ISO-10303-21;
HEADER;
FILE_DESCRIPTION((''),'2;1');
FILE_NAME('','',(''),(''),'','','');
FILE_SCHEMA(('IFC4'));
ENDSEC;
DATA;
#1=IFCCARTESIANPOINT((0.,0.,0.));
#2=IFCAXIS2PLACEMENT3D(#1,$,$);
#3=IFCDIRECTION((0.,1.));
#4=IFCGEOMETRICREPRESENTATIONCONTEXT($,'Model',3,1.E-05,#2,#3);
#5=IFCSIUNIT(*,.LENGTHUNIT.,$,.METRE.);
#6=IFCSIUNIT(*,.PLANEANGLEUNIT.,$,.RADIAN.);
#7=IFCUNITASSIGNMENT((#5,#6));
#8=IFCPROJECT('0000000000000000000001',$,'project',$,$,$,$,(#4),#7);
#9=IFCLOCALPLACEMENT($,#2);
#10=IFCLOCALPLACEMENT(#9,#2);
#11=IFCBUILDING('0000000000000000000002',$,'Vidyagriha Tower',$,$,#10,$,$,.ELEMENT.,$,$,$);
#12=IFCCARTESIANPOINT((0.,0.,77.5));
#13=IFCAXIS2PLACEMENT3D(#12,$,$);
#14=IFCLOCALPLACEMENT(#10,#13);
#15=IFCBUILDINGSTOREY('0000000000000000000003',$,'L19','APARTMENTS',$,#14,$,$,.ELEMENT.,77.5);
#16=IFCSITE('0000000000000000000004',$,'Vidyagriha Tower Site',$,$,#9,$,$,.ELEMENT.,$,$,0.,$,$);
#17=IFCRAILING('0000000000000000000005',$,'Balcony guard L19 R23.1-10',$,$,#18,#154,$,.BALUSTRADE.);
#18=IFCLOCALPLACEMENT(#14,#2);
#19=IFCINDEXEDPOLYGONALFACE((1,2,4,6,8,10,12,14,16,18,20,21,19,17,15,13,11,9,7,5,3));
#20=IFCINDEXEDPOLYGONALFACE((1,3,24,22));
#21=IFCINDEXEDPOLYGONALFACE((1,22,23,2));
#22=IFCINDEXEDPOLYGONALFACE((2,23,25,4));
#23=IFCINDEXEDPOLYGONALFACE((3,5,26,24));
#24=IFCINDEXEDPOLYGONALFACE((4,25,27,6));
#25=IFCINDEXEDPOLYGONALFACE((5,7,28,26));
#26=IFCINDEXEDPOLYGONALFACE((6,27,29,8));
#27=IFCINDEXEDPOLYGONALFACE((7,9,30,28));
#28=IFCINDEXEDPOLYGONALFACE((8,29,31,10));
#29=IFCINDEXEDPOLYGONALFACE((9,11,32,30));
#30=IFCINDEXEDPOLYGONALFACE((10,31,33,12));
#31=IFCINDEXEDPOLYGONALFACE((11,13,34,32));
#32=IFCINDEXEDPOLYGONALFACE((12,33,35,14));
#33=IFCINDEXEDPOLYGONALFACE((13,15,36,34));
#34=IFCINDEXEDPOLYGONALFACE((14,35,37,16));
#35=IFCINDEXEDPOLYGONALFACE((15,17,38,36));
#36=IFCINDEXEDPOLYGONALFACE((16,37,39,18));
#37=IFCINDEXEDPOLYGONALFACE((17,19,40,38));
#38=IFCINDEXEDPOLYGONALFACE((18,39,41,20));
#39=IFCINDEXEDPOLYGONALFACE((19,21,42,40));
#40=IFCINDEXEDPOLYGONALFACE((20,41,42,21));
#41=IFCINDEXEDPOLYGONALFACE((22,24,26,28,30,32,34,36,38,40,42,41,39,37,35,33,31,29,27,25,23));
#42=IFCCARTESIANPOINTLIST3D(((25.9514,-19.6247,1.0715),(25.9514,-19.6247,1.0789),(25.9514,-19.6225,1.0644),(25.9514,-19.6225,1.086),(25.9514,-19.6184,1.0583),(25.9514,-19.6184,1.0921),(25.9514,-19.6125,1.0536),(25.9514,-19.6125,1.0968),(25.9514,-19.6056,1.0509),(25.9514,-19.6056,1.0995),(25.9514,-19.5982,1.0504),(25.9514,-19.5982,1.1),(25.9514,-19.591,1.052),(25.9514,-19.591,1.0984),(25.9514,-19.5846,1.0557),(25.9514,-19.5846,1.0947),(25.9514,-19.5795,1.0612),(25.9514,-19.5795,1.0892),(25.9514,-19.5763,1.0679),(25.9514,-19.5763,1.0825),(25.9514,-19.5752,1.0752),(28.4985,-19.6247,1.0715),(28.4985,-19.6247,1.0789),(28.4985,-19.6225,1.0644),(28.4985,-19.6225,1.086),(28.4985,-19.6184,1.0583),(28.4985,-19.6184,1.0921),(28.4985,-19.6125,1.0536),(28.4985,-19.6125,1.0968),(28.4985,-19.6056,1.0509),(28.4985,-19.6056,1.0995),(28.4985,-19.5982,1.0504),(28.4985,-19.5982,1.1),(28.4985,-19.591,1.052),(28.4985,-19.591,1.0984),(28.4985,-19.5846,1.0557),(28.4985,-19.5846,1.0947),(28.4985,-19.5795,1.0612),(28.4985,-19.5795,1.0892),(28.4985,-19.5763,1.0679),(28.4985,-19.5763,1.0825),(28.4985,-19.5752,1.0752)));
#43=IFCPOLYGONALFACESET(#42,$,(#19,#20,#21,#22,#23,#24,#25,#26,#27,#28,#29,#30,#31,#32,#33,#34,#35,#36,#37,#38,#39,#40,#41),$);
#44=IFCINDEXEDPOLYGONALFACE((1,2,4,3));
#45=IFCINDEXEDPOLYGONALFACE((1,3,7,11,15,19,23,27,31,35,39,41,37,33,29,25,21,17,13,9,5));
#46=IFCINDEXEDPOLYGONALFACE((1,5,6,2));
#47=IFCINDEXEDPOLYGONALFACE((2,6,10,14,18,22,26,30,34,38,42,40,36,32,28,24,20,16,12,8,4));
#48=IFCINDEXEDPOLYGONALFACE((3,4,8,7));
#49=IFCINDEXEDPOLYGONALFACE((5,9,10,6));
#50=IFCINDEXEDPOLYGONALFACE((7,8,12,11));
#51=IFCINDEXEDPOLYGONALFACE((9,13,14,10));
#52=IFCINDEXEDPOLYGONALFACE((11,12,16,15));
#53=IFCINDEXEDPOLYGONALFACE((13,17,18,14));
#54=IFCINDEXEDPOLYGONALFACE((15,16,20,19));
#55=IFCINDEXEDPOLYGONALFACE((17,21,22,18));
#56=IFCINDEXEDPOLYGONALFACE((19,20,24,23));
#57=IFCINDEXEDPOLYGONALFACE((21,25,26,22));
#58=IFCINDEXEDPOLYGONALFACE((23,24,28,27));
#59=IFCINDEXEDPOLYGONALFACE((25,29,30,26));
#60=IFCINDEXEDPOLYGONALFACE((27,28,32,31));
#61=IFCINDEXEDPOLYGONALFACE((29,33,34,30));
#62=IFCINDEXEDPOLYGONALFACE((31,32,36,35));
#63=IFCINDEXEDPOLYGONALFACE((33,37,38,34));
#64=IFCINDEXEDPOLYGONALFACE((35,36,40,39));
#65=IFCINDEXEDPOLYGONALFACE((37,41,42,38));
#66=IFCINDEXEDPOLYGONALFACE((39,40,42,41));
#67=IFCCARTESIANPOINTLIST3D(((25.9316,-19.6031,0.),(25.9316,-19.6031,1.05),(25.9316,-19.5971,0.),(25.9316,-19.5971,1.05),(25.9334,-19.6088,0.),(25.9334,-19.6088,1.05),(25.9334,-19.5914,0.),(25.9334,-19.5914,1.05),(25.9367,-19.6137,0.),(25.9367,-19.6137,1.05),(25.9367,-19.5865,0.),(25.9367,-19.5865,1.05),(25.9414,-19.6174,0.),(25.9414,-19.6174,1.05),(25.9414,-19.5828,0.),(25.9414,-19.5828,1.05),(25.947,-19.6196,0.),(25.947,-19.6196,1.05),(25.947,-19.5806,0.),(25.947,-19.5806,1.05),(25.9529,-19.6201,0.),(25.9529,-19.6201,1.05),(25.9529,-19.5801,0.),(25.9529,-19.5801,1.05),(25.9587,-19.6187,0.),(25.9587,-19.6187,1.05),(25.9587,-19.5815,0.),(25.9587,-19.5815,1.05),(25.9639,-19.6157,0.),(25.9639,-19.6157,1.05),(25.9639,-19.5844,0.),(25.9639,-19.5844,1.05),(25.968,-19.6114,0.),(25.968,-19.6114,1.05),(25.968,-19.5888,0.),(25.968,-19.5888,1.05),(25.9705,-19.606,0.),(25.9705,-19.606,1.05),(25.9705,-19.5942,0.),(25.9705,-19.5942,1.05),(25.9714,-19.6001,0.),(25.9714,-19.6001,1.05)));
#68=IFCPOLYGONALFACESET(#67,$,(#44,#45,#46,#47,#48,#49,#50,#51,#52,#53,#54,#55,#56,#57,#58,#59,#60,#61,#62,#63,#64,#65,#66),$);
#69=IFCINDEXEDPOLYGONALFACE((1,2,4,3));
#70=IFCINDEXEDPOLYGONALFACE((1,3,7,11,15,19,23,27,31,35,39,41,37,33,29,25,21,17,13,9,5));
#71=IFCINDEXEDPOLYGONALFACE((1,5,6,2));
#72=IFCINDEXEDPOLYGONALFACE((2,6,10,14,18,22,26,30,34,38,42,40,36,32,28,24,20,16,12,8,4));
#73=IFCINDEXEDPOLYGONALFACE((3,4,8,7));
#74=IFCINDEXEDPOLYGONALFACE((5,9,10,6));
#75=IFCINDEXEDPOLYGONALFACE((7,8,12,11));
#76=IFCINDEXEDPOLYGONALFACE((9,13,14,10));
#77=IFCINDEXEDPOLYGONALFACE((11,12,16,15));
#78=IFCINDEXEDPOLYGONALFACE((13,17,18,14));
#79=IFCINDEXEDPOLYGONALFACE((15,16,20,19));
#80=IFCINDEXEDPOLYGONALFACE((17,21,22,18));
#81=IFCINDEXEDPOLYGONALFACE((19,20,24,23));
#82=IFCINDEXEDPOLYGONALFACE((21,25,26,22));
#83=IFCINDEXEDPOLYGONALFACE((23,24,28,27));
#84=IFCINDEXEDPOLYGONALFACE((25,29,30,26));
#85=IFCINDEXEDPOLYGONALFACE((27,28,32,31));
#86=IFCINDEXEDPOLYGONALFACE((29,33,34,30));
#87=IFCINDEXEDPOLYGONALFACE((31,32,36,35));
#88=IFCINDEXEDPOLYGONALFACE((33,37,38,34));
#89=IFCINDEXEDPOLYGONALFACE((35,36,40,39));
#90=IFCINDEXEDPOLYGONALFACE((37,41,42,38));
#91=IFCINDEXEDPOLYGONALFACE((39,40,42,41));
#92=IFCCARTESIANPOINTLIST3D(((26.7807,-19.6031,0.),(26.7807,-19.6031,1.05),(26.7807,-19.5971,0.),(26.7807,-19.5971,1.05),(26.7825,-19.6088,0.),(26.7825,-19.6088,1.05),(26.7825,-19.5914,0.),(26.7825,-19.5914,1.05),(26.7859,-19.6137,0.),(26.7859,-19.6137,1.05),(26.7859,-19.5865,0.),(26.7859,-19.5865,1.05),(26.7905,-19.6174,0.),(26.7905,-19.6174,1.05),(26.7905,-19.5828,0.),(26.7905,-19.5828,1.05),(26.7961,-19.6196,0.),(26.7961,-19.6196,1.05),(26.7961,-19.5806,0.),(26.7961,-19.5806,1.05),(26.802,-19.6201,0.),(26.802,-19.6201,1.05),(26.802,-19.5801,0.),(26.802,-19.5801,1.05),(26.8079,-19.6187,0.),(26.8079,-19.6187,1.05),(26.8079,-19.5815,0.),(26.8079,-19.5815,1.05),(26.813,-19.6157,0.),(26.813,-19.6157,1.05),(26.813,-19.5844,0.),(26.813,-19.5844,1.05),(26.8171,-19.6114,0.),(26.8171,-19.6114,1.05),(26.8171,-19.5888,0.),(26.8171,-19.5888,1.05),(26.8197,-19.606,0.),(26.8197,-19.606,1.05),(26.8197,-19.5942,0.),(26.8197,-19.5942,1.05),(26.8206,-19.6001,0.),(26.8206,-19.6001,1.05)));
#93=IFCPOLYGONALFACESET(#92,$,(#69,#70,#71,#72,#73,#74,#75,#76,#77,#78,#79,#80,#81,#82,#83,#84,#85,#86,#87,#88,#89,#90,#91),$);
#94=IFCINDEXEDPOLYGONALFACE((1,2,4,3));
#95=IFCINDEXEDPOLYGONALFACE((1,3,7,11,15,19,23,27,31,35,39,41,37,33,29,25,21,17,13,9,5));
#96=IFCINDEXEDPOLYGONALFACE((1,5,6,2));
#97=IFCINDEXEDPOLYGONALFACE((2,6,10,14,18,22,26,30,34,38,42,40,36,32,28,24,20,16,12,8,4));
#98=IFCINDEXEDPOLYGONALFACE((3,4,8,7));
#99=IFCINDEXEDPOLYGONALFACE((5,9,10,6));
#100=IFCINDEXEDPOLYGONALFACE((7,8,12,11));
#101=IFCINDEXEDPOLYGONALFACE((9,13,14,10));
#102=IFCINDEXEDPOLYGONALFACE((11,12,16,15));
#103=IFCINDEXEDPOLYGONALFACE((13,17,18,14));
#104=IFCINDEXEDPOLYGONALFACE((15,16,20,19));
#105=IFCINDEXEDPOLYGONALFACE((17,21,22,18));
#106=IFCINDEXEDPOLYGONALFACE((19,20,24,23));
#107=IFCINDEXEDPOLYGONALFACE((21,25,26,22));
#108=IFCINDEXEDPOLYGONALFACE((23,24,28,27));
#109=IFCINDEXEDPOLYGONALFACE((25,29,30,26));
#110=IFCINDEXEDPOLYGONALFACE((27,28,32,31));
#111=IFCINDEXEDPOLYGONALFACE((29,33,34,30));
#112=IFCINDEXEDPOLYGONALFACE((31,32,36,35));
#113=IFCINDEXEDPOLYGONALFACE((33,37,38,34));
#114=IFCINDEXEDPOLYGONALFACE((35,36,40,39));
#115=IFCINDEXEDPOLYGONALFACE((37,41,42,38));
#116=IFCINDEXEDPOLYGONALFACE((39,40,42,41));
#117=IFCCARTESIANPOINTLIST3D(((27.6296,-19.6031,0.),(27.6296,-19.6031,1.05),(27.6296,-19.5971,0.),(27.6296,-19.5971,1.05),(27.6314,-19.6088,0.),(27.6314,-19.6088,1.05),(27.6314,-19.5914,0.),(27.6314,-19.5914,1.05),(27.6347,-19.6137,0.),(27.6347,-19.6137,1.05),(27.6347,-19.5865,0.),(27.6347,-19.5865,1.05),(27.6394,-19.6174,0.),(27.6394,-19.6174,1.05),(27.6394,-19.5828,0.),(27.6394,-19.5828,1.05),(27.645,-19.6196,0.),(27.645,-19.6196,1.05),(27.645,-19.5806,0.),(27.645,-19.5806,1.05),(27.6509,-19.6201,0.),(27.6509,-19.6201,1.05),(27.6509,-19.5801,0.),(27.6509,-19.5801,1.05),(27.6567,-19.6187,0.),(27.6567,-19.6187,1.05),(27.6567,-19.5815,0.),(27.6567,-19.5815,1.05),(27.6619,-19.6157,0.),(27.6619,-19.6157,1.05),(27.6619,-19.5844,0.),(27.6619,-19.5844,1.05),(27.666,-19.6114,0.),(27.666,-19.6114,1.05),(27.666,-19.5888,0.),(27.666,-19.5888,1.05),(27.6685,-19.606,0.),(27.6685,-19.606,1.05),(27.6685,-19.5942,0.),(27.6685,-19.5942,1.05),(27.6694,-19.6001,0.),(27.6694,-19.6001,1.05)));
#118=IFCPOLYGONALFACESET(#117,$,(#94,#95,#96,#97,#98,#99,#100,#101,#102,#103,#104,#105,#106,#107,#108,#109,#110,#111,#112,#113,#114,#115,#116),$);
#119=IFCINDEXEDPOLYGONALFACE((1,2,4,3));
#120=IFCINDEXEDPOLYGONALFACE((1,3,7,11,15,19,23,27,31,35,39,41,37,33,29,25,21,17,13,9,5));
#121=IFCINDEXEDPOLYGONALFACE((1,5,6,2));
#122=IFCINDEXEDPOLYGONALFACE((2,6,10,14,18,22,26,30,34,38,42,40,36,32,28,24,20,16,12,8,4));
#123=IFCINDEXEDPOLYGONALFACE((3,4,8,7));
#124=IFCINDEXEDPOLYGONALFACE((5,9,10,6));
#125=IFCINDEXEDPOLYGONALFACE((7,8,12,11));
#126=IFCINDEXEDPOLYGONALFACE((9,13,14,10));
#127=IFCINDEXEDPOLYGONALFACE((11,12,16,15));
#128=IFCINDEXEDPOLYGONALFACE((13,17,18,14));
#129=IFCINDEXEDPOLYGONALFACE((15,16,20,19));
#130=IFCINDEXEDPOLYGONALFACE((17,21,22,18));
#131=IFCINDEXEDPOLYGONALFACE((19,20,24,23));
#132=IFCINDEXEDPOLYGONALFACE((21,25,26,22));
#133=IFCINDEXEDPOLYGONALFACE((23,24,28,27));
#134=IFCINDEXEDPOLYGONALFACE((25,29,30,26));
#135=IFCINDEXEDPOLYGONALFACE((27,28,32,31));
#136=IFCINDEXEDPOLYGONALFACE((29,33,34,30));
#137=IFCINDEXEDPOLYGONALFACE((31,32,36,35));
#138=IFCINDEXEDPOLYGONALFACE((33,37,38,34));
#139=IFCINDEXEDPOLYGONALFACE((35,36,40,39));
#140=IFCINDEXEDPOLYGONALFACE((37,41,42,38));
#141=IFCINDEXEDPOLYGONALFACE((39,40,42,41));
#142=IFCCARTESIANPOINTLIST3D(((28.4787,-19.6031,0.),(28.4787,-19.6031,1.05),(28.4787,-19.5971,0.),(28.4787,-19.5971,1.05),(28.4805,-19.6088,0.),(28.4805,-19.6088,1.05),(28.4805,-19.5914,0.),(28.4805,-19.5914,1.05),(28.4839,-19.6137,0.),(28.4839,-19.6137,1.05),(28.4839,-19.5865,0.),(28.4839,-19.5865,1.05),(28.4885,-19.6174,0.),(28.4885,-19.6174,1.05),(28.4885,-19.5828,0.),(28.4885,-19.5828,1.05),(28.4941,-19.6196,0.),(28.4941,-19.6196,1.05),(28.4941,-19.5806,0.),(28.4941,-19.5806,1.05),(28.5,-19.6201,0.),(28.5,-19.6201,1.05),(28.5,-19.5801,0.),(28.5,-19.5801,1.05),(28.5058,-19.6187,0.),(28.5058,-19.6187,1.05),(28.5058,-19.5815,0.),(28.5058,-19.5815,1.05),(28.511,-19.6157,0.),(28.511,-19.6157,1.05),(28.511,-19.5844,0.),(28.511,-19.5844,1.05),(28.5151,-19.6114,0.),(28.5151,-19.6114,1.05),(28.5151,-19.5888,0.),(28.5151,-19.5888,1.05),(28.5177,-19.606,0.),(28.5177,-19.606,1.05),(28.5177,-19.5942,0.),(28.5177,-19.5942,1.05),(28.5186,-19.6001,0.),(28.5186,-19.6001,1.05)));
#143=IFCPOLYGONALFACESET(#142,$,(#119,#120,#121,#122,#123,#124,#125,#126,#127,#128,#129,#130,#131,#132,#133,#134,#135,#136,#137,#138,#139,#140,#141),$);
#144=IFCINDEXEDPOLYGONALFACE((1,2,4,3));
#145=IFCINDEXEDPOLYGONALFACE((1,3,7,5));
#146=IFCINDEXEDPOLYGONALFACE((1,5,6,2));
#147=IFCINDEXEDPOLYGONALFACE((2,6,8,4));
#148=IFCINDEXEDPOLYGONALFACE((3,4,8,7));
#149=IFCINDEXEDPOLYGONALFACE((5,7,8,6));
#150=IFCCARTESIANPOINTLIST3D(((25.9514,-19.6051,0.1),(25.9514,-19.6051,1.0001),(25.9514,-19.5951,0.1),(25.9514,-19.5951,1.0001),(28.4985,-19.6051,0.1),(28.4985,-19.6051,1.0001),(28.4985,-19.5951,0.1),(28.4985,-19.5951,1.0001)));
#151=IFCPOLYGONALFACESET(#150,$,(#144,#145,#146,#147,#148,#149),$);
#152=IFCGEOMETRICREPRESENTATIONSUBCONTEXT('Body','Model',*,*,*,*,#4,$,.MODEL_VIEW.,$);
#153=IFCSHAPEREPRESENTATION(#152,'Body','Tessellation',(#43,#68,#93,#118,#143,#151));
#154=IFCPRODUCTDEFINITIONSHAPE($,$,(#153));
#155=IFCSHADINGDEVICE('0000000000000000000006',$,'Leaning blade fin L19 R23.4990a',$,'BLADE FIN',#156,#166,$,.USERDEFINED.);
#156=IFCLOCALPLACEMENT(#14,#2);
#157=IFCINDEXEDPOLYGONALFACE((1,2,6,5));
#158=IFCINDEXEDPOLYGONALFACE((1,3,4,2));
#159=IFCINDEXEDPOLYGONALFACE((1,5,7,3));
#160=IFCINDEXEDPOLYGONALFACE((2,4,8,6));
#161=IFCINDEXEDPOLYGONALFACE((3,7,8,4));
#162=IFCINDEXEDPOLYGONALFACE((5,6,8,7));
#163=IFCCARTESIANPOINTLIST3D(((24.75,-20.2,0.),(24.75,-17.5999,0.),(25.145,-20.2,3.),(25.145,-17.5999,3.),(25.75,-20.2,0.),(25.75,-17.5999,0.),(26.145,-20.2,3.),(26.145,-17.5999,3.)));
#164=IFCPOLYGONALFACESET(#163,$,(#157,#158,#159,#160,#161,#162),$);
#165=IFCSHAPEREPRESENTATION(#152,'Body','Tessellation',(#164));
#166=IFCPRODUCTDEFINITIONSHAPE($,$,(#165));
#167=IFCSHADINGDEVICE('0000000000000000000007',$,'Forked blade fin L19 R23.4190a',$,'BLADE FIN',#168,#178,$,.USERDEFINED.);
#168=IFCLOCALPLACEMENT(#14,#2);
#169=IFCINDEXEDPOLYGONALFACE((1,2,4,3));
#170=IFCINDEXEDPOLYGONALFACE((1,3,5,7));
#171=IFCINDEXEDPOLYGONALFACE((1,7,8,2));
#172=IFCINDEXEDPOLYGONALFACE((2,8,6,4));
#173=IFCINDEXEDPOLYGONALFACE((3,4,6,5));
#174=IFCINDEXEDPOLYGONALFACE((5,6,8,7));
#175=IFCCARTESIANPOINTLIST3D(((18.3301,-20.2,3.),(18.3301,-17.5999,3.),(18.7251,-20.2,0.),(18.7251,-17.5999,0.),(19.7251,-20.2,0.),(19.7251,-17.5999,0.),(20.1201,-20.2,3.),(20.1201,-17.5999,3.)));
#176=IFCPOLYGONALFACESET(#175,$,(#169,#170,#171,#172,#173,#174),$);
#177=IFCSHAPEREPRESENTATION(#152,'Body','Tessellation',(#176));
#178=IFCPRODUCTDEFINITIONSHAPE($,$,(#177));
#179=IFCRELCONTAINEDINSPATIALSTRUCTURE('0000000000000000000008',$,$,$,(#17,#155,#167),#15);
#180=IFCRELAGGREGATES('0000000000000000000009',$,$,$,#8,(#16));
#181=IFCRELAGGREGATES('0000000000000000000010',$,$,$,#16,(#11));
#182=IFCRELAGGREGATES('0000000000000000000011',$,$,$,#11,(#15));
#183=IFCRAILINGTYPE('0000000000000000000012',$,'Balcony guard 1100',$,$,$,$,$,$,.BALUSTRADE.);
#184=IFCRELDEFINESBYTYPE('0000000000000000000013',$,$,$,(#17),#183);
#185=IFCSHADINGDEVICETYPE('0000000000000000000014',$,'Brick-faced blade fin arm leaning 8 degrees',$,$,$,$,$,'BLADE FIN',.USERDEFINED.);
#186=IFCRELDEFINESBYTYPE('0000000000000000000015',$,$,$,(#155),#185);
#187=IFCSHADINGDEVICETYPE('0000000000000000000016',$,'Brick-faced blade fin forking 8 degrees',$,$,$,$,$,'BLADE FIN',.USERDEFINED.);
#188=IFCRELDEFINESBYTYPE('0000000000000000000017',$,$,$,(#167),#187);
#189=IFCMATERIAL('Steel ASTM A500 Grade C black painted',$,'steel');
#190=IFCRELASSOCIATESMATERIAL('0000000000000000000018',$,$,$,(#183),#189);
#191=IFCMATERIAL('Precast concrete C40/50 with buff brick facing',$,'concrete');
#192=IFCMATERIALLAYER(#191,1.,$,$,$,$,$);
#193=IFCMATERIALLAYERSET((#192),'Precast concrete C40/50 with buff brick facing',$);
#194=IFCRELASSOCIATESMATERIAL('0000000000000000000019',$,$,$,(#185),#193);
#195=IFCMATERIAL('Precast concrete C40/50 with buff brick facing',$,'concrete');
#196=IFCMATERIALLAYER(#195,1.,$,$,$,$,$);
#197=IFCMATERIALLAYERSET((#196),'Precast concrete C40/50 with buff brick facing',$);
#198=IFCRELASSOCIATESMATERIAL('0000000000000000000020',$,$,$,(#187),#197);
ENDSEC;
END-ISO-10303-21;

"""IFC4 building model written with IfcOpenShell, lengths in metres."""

from ifc_helpers import new_model, si_unit, direction, frame, origin, origin_2d, place, context, subcontext, project, spatial, polyline, rectangle, circle, outline, extrude, material, layer, layer_set, type_object, element, save


model = new_model("IFC4")

# Units and contexts
model_context = context("Model", 3, precision=1e-05, world=origin(), true_north=direction((0.0, 1.0)))
body_context = subcontext(model_context, "Body", "Model", "MODEL_VIEW")
ifc_project = project(units=[si_unit("LENGTHUNIT", "METRE"), si_unit("PLANEANGLEUNIT", "RADIAN")], contexts=[model_context])

# Site, building, storey
site_placement = place(None, origin())
site = spatial("IfcSite", under=ifc_project, at=site_placement, Name="Vidyagriha Tower Site", CompositionType="ELEMENT", RefElevation=0.0)
building_placement = place(site_placement, origin())
building = spatial("IfcBuilding", under=site, at=building_placement, Name="Vidyagriha Tower", CompositionType="ELEMENT")
storey_placement = place(building_placement, frame((0.0, 0.0, 77.5)))
storey = spatial("IfcBuildingStorey", under=building, at=storey_placement, Name="L19", Description="APARTMENTS", CompositionType="ELEMENT", Elevation=77.5)

# Railing
ifc_material_1 = material(Name="Steel ASTM A500 Grade C black painted", Category="steel")
railing_type = type_object("IfcRailingType", Name="Balcony guard 1100", PredefinedType="BALUSTRADE", material=ifc_material_1)
railing_1_placement = place(storey_placement, frame((25.9514, -19.6001, 0.0)))
element("IfcRailing", 1, at=railing_1_placement, inside=storey, type_object=railing_type, Name="Balcony guard L19 R23.1-10", PredefinedType="BALUSTRADE", context=body_context, shape_type="SweptSolid", body=[
    extrude(circle(Radius=0.0249, at=origin_2d()), frame((0.0, 0.0, 1.0752), z_axis=(1.0, 0.0, 0.0), x_axis=(0.0, 1.0, 0.0)), (0.0, 0.0, 1.0), 2.5471),
    extrude(circle(Radius=0.02, at=origin_2d()), origin(), (0.0, 0.0, 1.0), 1.05),
    extrude(circle(Radius=0.02, at=origin_2d()), frame((0.8491, 0.0, 0.0)), (0.0, 0.0, 1.0), 1.05),
    extrude(circle(Radius=0.02, at=origin_2d()), frame((1.698, 0.0, 0.0)), (0.0, 0.0, 1.0), 1.05),
    extrude(circle(Radius=0.02, at=origin_2d()), frame((2.5471, 0.0, 0.0)), (0.0, 0.0, 1.0), 1.05),
    extrude(rectangle(XDim=0.01, YDim=0.9001, at=origin_2d()), frame((0.0, 0.0, 0.55), z_axis=(1.0, 0.0, 0.0), x_axis=(0.0, 1.0, 0.0)), (0.0, 0.0, 1.0), 2.5471),
])

# Shading devices
ifc_material_2 = material(Name="Precast concrete C40/50 with buff brick facing", Category="concrete")
ifc_layer_1 = layer(ifc_material_2, 1.0)
ifc_layer_set_1 = layer_set([ifc_layer_1], Name="Precast concrete C40/50 with buff brick facing")
shading_device_type_1 = type_object("IfcShadingDeviceType", Name="Brick-faced blade fin arm leaning 8 degrees", ElementType="BLADE FIN", PredefinedType="USERDEFINED", material=ifc_layer_set_1)
shading_device_1_placement = place(storey_placement, frame((24.75, -18.8999, 0.0)))
element("IfcShadingDevice", 2, at=shading_device_1_placement, inside=storey, type_object=shading_device_type_1, Name="Leaning blade fin L19 R23.4990a", ObjectType="BLADE FIN", PredefinedType="USERDEFINED", context=body_context, shape_type="SweptSolid", body=[
    extrude(outline(polyline([(0.0, 0.0), (1.0, 0.0), (1.395, 3.0), (0.395, 3.0), (0.0, 0.0)])), frame((0.0, 1.3, 0.0), z_axis=(0.0, -1.0, 0.0), x_axis=(1.0, 0.0, 0.0)), (0.0, 0.0, 1.0), 2.6001),
])
ifc_material_3 = material(Name="Precast concrete C40/50 with buff brick facing", Category="concrete")
ifc_layer_2 = layer(ifc_material_3, 1.0)
ifc_layer_set_2 = layer_set([ifc_layer_2], Name="Precast concrete C40/50 with buff brick facing")
shading_device_type_2 = type_object("IfcShadingDeviceType", Name="Brick-faced blade fin forking 8 degrees", ElementType="BLADE FIN", PredefinedType="USERDEFINED", material=ifc_layer_set_2)
shading_device_2_placement = place(storey_placement, frame((18.3301, -18.8999, 0.0)))
element("IfcShadingDevice", 3, at=shading_device_2_placement, inside=storey, type_object=shading_device_type_2, Name="Forked blade fin L19 R23.4190a", ObjectType="BLADE FIN", PredefinedType="USERDEFINED", context=body_context, shape_type="SweptSolid", body=[
    extrude(outline(polyline([(0.395, 0.0), (1.395, 0.0), (1.79, 3.0), (0.0, 3.0), (0.395, 0.0)])), frame((0.0, 1.3, 0.0), z_axis=(0.0, -1.0, 0.0), x_axis=(1.0, 0.0, 0.0)), (0.0, 0.0, 1.0), 2.6001),
])

save(model, "model.ifc")
